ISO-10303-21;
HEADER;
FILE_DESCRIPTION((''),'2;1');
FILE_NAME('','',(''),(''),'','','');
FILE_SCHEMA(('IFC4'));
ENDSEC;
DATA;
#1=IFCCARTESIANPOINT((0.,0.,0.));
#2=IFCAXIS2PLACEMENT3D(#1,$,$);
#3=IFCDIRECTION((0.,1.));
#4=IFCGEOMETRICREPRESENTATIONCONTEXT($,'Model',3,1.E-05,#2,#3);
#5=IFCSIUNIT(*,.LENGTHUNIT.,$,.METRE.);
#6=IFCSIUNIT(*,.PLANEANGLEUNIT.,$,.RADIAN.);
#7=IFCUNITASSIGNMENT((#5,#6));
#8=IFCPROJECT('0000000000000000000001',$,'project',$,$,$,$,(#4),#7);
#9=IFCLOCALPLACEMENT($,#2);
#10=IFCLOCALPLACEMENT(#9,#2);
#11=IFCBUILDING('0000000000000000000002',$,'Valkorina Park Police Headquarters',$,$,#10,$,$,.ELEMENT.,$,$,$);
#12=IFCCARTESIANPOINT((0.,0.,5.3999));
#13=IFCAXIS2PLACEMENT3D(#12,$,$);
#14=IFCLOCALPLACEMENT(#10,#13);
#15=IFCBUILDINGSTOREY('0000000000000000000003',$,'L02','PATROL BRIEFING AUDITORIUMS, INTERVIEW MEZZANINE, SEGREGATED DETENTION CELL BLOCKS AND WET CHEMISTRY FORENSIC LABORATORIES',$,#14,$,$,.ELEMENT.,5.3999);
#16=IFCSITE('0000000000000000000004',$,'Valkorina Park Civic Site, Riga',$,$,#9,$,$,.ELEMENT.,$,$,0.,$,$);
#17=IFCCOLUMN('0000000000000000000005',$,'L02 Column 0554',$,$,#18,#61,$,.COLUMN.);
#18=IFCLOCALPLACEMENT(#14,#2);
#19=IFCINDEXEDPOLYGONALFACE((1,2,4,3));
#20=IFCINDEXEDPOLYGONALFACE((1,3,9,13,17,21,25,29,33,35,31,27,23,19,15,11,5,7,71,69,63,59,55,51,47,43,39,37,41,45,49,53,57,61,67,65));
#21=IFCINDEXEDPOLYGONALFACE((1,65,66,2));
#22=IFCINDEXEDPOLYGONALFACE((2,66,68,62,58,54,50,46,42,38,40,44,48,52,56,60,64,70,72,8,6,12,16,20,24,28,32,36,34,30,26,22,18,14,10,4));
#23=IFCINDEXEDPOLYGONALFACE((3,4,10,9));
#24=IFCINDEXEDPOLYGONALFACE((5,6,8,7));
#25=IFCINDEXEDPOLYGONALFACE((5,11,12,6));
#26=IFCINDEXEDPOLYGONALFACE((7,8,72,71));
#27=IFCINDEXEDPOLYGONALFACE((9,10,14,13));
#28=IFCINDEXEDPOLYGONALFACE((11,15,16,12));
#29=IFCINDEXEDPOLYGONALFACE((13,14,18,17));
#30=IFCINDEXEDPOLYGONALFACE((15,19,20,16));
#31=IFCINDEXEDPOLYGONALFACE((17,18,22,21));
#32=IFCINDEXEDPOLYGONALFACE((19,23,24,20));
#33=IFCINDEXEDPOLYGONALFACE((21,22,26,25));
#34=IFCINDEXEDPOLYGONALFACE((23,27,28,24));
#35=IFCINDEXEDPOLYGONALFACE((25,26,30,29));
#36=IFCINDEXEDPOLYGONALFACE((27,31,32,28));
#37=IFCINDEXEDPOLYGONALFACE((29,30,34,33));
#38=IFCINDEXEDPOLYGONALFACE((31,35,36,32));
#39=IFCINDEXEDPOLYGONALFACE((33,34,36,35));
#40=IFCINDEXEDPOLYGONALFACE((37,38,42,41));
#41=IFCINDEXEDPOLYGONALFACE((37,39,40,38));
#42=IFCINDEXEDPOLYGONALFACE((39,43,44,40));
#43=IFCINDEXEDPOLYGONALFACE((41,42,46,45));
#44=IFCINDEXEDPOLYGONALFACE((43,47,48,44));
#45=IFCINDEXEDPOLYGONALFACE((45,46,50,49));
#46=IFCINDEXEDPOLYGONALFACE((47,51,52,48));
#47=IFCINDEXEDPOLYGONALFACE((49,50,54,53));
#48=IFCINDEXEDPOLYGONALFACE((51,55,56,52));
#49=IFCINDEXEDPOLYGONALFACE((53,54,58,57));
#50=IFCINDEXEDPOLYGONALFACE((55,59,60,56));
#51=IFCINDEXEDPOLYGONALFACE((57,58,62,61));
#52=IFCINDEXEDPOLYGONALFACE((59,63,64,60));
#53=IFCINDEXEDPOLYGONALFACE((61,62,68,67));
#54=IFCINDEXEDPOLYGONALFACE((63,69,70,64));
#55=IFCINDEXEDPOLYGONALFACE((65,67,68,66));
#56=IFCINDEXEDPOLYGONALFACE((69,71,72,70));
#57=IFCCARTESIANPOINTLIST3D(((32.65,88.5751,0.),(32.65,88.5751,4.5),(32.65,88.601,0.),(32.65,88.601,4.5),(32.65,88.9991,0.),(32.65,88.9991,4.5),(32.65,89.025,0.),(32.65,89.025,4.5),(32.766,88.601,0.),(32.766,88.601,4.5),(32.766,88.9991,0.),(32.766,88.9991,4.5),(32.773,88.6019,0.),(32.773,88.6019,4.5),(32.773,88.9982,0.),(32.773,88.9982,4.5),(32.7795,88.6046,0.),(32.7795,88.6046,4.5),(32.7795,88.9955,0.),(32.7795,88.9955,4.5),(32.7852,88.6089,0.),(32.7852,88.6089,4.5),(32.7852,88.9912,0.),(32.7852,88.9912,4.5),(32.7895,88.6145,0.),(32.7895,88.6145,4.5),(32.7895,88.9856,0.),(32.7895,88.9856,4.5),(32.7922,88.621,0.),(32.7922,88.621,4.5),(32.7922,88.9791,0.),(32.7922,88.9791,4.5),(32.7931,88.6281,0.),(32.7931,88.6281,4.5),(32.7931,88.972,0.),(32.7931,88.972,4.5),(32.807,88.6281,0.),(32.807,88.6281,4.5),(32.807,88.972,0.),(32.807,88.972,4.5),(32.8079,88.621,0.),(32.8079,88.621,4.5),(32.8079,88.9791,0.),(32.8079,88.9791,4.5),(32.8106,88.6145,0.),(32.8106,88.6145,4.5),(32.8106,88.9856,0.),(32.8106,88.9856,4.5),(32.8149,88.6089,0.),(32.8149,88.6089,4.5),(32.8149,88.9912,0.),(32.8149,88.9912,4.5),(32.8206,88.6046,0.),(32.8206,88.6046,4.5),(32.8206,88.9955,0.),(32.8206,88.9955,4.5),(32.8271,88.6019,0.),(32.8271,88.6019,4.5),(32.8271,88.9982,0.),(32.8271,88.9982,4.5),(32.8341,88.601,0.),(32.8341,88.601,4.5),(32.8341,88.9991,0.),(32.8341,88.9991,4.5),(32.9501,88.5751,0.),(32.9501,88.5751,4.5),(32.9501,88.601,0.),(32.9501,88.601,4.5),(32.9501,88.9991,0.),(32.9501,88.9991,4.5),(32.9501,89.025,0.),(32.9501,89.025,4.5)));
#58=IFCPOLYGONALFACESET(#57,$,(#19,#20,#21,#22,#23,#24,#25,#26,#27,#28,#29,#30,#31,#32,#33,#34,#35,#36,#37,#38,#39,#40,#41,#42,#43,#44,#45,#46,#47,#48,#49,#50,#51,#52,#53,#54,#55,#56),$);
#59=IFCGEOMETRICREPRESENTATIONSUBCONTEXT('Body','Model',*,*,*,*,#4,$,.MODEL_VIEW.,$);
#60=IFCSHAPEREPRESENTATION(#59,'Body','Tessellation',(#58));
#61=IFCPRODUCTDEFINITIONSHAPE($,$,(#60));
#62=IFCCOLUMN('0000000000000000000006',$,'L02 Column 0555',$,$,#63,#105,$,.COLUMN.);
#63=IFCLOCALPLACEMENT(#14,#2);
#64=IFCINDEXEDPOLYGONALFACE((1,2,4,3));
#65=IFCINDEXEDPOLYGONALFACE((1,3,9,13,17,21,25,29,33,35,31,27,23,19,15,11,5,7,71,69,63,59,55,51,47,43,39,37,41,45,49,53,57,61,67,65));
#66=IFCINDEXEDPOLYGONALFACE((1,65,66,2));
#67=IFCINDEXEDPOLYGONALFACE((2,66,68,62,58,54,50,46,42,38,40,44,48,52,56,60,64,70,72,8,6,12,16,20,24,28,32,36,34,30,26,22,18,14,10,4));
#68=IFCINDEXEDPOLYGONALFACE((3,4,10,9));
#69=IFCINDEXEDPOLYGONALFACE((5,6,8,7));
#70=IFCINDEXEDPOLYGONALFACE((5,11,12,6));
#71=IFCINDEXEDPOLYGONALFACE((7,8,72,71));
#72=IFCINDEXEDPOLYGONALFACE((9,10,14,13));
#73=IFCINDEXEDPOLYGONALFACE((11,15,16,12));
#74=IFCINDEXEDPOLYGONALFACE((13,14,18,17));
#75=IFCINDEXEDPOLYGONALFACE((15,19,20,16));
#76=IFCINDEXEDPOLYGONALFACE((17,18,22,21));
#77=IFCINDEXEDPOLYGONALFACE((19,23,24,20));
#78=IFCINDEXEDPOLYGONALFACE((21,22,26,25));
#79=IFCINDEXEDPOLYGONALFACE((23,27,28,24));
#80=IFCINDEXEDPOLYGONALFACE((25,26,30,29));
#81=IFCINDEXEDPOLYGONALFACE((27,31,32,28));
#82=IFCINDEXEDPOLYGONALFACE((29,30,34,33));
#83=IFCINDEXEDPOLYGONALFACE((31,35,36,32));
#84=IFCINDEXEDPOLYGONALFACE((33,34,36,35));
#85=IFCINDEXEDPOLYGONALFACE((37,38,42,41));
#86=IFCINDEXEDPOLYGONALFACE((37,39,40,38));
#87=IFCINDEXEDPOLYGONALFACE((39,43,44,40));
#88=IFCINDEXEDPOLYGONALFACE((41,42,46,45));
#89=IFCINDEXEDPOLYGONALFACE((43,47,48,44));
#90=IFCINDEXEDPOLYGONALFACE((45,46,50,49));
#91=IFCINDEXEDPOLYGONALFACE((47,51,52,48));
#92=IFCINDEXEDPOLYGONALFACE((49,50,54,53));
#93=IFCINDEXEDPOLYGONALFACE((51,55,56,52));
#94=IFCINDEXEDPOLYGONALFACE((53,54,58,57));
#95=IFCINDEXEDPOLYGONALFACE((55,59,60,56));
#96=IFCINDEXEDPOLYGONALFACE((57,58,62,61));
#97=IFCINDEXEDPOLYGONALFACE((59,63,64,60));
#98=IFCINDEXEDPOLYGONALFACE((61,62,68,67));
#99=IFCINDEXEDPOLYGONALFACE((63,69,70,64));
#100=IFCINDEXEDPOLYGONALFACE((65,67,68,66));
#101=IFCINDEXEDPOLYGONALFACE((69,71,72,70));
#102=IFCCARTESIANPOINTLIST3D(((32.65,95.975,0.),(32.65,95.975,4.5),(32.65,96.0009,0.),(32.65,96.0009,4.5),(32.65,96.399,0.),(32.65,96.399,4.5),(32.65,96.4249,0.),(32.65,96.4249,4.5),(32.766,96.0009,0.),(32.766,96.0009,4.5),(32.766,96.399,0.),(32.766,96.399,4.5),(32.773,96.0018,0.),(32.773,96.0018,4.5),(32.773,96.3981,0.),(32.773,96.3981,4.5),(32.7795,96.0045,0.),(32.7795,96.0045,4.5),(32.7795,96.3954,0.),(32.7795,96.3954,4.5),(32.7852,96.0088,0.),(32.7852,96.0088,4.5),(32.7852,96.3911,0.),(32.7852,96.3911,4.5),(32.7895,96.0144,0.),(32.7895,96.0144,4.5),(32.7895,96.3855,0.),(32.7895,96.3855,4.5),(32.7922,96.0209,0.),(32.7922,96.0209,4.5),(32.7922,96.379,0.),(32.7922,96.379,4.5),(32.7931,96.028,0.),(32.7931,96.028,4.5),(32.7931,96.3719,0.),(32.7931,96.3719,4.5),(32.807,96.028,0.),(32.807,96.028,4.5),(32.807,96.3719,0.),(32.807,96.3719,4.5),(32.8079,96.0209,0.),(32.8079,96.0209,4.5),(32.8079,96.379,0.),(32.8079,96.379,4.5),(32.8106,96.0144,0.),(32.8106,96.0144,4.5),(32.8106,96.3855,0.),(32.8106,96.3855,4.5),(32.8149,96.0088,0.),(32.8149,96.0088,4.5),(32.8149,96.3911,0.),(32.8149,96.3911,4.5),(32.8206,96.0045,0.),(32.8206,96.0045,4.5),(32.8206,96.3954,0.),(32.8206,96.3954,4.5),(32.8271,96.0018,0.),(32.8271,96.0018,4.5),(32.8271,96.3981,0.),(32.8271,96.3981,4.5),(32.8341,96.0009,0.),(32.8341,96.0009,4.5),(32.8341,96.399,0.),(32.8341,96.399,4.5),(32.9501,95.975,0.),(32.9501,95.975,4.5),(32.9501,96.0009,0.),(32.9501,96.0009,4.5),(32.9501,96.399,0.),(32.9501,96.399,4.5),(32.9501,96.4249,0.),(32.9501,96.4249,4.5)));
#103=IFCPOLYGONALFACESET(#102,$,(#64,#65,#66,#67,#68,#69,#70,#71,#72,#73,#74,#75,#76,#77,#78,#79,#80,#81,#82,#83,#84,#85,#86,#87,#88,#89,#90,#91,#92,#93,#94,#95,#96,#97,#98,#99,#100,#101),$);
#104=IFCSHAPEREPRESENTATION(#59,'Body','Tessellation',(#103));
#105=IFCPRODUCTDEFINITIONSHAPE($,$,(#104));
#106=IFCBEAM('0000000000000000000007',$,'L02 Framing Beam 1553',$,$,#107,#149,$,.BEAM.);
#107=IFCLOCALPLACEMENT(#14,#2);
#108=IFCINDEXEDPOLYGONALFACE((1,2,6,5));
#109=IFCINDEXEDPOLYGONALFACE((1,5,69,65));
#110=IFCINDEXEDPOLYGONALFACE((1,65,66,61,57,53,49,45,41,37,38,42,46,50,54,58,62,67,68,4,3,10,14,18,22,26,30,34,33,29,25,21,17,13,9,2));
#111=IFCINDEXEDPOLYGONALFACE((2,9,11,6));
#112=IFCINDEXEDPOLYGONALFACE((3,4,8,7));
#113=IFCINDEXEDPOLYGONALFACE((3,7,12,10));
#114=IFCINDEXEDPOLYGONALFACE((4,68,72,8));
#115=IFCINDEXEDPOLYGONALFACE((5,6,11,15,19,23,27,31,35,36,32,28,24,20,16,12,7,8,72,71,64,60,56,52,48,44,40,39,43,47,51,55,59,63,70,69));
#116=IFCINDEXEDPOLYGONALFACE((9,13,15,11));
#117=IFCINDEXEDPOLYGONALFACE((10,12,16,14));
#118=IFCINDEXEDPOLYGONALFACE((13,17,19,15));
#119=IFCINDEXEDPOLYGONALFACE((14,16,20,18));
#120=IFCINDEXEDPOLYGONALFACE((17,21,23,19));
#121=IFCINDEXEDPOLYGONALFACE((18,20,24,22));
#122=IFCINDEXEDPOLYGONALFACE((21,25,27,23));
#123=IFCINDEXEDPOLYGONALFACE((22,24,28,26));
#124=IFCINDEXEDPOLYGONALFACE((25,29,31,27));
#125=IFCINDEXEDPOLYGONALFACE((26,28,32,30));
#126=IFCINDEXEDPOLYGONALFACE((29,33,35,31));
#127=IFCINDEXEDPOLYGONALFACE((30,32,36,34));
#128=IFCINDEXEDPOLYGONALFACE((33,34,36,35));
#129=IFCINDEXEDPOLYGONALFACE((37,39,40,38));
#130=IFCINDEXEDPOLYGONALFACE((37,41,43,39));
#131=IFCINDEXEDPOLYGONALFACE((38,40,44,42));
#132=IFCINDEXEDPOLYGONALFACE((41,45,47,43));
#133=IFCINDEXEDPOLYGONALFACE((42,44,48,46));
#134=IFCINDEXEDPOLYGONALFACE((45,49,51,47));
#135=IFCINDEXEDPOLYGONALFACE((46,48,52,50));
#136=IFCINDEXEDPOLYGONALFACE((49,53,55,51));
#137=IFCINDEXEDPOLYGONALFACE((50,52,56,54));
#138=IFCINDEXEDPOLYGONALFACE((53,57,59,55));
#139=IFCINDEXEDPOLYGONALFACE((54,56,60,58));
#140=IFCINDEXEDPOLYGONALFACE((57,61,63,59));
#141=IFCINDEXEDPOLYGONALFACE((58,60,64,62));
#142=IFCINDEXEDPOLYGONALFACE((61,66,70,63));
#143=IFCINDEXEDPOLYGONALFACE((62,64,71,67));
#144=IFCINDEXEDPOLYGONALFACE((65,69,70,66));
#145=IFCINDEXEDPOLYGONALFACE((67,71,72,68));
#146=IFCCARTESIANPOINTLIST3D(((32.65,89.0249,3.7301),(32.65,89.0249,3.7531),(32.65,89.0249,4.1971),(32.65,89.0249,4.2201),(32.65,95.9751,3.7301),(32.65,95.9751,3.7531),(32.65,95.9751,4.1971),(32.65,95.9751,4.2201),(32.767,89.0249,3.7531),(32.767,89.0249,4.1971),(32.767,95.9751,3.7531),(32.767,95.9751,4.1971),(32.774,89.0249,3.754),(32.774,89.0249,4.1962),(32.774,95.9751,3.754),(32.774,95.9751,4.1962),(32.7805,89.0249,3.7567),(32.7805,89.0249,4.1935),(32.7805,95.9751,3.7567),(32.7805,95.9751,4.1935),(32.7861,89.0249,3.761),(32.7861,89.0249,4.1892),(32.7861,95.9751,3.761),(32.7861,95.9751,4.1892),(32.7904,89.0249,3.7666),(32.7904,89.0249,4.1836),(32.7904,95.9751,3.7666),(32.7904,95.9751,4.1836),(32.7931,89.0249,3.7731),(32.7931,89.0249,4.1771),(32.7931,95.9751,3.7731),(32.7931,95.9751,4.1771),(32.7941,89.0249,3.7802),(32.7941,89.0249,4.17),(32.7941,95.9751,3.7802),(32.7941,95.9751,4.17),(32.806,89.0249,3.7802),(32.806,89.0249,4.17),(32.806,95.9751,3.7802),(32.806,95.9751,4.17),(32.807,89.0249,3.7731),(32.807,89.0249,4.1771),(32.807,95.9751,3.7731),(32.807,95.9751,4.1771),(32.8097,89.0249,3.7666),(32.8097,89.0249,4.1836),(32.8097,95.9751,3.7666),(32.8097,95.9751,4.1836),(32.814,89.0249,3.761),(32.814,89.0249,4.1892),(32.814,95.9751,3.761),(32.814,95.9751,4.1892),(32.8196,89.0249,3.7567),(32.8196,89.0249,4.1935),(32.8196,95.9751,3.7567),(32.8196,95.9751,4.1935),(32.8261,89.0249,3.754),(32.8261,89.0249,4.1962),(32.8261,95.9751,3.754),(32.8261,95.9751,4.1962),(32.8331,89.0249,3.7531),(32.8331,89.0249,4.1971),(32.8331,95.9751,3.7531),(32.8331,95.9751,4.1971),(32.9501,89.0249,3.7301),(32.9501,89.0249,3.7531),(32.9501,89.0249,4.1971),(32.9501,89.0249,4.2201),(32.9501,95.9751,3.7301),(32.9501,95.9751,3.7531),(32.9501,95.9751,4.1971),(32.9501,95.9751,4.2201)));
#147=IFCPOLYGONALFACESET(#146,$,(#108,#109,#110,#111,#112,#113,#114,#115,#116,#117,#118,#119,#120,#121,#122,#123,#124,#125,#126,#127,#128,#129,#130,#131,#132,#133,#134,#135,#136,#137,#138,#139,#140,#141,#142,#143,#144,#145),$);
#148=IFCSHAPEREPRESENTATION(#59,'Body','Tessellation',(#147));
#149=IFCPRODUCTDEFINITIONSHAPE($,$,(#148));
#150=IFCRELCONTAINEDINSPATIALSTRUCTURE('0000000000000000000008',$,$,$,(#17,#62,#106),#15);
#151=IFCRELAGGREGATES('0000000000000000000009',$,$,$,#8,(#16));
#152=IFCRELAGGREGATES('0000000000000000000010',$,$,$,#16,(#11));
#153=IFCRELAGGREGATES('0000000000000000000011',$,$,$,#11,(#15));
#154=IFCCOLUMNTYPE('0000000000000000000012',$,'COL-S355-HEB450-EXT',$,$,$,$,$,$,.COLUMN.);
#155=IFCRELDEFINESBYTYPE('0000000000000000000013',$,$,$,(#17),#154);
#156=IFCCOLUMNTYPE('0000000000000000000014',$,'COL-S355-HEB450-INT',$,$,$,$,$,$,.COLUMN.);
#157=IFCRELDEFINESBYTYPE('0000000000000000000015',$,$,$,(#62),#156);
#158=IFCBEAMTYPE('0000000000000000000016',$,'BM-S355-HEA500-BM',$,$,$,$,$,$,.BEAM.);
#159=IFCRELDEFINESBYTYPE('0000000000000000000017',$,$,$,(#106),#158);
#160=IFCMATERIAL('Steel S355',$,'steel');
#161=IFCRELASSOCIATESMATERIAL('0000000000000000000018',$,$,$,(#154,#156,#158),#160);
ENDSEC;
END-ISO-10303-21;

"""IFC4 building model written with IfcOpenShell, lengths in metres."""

from ifc_helpers import new_model, si_unit, direction, frame, origin, origin_2d, place, context, subcontext, project, spatial, i_section, extrude, material, material_profile, profile_set, type_object, element, save


model = new_model("IFC4")

# Units and contexts
model_context = context("Model", 3, precision=1e-05, world=origin(), true_north=direction((0.0, 1.0)))
body_context = subcontext(model_context, "Body", "Model", "MODEL_VIEW")
ifc_project = project(units=[si_unit("LENGTHUNIT", "METRE"), si_unit("PLANEANGLEUNIT", "RADIAN")], contexts=[model_context])

# Site, building, storey
site_placement = place(None, origin())
site = spatial("IfcSite", under=ifc_project, at=site_placement, Name="Valkorina Park Civic Site, Riga", CompositionType="ELEMENT", RefElevation=0.0)
building_placement = place(site_placement, origin())
building = spatial("IfcBuilding", under=site, at=building_placement, Name="Valkorina Park Police Headquarters", CompositionType="ELEMENT")
storey_placement = place(building_placement, frame((0.0, 0.0, 5.3999)))
storey = spatial("IfcBuildingStorey", under=building, at=storey_placement, Name="L02", Description="PATROL BRIEFING AUDITORIUMS, INTERVIEW MEZZANINE, SEGREGATED DETENTION CELL BLOCKS AND WET CHEMISTRY FORENSIC LABORATORIES", CompositionType="ELEMENT", Elevation=5.3999)

# Columns
ifc_material_1 = material(Name="Steel S355", Category="steel")
ifc_material_profile_1 = material_profile(ifc_material_1, i_section(OverallWidth=0.3, OverallDepth=0.45, WebThickness=0.0139, FlangeThickness=0.0259, FilletRadius=0.0271, at=origin_2d()), Name="HEB 450")
ifc_profile_set_1 = profile_set([ifc_material_profile_1], Name="Steel S355")
column_type_1 = type_object("IfcColumnType", Name="COL-S355-HEB450-EXT", PredefinedType="COLUMN", material=ifc_profile_set_1)
column_1_placement = place(storey_placement, frame((32.8, 88.8, 0.0), z_axis=(0.0, 0.0, 1.0), x_axis=(1.0, 0.0, 0.0)))
element("IfcColumn", 1, at=column_1_placement, inside=storey, type_object=column_type_1, Name="L02 Column 0554", PredefinedType="COLUMN", context=body_context, shape_type="SweptSolid", body=[
    extrude(i_section(OverallWidth=0.3, OverallDepth=0.45, WebThickness=0.0139, FlangeThickness=0.0259, FilletRadius=0.0271, at=origin_2d()), origin(), (0.0, 0.0, 1.0), 4.5),
])
ifc_material_profile_2 = material_profile(ifc_material_1, i_section(OverallWidth=0.3, OverallDepth=0.45, WebThickness=0.0139, FlangeThickness=0.0259, FilletRadius=0.0271, at=origin_2d()), Name="HEB 450")
ifc_profile_set_2 = profile_set([ifc_material_profile_2], Name="Steel S355")
column_type_2 = type_object("IfcColumnType", Name="COL-S355-HEB450-INT", PredefinedType="COLUMN", material=ifc_profile_set_2)
column_2_placement = place(storey_placement, frame((32.8, 96.2, 0.0), z_axis=(0.0, 0.0, 1.0), x_axis=(1.0, 0.0, 0.0)))
element("IfcColumn", 2, at=column_2_placement, inside=storey, type_object=column_type_2, Name="L02 Column 0555", PredefinedType="COLUMN", context=body_context, shape_type="SweptSolid", body=[
    extrude(i_section(OverallWidth=0.3, OverallDepth=0.45, WebThickness=0.0139, FlangeThickness=0.0259, FilletRadius=0.0271, at=origin_2d()), origin(), (0.0, 0.0, 1.0), 4.5),
])

# Beam
ifc_material_profile_3 = material_profile(ifc_material_1, i_section(OverallWidth=0.3, OverallDepth=0.49, WebThickness=0.012, FlangeThickness=0.0229, FilletRadius=0.0271, at=origin_2d()), Name="HEA 500")
ifc_profile_set_3 = profile_set([ifc_material_profile_3], Name="Steel S355")
beam_type_1 = type_object("IfcBeamType", Name="BM-S355-HEA500-BM", PredefinedType="BEAM", material=ifc_profile_set_3)
beam_1_placement = place(storey_placement, frame((32.8, 89.0249, 3.9751), z_axis=(0.0, 1.0, 0.0), x_axis=(-1.0, 0.0, 0.0)))
element("IfcBeam", 3, at=beam_1_placement, inside=storey, type_object=beam_type_1, Name="L02 Framing Beam 1553", PredefinedType="BEAM", context=body_context, shape_type="SweptSolid", body=[
    extrude(i_section(OverallWidth=0.3, OverallDepth=0.49, WebThickness=0.012, FlangeThickness=0.0229, FilletRadius=0.0271, at=origin_2d()), origin(), (0.0, 0.0, 1.0), 6.9502),
])

save(model, "model.ifc")
